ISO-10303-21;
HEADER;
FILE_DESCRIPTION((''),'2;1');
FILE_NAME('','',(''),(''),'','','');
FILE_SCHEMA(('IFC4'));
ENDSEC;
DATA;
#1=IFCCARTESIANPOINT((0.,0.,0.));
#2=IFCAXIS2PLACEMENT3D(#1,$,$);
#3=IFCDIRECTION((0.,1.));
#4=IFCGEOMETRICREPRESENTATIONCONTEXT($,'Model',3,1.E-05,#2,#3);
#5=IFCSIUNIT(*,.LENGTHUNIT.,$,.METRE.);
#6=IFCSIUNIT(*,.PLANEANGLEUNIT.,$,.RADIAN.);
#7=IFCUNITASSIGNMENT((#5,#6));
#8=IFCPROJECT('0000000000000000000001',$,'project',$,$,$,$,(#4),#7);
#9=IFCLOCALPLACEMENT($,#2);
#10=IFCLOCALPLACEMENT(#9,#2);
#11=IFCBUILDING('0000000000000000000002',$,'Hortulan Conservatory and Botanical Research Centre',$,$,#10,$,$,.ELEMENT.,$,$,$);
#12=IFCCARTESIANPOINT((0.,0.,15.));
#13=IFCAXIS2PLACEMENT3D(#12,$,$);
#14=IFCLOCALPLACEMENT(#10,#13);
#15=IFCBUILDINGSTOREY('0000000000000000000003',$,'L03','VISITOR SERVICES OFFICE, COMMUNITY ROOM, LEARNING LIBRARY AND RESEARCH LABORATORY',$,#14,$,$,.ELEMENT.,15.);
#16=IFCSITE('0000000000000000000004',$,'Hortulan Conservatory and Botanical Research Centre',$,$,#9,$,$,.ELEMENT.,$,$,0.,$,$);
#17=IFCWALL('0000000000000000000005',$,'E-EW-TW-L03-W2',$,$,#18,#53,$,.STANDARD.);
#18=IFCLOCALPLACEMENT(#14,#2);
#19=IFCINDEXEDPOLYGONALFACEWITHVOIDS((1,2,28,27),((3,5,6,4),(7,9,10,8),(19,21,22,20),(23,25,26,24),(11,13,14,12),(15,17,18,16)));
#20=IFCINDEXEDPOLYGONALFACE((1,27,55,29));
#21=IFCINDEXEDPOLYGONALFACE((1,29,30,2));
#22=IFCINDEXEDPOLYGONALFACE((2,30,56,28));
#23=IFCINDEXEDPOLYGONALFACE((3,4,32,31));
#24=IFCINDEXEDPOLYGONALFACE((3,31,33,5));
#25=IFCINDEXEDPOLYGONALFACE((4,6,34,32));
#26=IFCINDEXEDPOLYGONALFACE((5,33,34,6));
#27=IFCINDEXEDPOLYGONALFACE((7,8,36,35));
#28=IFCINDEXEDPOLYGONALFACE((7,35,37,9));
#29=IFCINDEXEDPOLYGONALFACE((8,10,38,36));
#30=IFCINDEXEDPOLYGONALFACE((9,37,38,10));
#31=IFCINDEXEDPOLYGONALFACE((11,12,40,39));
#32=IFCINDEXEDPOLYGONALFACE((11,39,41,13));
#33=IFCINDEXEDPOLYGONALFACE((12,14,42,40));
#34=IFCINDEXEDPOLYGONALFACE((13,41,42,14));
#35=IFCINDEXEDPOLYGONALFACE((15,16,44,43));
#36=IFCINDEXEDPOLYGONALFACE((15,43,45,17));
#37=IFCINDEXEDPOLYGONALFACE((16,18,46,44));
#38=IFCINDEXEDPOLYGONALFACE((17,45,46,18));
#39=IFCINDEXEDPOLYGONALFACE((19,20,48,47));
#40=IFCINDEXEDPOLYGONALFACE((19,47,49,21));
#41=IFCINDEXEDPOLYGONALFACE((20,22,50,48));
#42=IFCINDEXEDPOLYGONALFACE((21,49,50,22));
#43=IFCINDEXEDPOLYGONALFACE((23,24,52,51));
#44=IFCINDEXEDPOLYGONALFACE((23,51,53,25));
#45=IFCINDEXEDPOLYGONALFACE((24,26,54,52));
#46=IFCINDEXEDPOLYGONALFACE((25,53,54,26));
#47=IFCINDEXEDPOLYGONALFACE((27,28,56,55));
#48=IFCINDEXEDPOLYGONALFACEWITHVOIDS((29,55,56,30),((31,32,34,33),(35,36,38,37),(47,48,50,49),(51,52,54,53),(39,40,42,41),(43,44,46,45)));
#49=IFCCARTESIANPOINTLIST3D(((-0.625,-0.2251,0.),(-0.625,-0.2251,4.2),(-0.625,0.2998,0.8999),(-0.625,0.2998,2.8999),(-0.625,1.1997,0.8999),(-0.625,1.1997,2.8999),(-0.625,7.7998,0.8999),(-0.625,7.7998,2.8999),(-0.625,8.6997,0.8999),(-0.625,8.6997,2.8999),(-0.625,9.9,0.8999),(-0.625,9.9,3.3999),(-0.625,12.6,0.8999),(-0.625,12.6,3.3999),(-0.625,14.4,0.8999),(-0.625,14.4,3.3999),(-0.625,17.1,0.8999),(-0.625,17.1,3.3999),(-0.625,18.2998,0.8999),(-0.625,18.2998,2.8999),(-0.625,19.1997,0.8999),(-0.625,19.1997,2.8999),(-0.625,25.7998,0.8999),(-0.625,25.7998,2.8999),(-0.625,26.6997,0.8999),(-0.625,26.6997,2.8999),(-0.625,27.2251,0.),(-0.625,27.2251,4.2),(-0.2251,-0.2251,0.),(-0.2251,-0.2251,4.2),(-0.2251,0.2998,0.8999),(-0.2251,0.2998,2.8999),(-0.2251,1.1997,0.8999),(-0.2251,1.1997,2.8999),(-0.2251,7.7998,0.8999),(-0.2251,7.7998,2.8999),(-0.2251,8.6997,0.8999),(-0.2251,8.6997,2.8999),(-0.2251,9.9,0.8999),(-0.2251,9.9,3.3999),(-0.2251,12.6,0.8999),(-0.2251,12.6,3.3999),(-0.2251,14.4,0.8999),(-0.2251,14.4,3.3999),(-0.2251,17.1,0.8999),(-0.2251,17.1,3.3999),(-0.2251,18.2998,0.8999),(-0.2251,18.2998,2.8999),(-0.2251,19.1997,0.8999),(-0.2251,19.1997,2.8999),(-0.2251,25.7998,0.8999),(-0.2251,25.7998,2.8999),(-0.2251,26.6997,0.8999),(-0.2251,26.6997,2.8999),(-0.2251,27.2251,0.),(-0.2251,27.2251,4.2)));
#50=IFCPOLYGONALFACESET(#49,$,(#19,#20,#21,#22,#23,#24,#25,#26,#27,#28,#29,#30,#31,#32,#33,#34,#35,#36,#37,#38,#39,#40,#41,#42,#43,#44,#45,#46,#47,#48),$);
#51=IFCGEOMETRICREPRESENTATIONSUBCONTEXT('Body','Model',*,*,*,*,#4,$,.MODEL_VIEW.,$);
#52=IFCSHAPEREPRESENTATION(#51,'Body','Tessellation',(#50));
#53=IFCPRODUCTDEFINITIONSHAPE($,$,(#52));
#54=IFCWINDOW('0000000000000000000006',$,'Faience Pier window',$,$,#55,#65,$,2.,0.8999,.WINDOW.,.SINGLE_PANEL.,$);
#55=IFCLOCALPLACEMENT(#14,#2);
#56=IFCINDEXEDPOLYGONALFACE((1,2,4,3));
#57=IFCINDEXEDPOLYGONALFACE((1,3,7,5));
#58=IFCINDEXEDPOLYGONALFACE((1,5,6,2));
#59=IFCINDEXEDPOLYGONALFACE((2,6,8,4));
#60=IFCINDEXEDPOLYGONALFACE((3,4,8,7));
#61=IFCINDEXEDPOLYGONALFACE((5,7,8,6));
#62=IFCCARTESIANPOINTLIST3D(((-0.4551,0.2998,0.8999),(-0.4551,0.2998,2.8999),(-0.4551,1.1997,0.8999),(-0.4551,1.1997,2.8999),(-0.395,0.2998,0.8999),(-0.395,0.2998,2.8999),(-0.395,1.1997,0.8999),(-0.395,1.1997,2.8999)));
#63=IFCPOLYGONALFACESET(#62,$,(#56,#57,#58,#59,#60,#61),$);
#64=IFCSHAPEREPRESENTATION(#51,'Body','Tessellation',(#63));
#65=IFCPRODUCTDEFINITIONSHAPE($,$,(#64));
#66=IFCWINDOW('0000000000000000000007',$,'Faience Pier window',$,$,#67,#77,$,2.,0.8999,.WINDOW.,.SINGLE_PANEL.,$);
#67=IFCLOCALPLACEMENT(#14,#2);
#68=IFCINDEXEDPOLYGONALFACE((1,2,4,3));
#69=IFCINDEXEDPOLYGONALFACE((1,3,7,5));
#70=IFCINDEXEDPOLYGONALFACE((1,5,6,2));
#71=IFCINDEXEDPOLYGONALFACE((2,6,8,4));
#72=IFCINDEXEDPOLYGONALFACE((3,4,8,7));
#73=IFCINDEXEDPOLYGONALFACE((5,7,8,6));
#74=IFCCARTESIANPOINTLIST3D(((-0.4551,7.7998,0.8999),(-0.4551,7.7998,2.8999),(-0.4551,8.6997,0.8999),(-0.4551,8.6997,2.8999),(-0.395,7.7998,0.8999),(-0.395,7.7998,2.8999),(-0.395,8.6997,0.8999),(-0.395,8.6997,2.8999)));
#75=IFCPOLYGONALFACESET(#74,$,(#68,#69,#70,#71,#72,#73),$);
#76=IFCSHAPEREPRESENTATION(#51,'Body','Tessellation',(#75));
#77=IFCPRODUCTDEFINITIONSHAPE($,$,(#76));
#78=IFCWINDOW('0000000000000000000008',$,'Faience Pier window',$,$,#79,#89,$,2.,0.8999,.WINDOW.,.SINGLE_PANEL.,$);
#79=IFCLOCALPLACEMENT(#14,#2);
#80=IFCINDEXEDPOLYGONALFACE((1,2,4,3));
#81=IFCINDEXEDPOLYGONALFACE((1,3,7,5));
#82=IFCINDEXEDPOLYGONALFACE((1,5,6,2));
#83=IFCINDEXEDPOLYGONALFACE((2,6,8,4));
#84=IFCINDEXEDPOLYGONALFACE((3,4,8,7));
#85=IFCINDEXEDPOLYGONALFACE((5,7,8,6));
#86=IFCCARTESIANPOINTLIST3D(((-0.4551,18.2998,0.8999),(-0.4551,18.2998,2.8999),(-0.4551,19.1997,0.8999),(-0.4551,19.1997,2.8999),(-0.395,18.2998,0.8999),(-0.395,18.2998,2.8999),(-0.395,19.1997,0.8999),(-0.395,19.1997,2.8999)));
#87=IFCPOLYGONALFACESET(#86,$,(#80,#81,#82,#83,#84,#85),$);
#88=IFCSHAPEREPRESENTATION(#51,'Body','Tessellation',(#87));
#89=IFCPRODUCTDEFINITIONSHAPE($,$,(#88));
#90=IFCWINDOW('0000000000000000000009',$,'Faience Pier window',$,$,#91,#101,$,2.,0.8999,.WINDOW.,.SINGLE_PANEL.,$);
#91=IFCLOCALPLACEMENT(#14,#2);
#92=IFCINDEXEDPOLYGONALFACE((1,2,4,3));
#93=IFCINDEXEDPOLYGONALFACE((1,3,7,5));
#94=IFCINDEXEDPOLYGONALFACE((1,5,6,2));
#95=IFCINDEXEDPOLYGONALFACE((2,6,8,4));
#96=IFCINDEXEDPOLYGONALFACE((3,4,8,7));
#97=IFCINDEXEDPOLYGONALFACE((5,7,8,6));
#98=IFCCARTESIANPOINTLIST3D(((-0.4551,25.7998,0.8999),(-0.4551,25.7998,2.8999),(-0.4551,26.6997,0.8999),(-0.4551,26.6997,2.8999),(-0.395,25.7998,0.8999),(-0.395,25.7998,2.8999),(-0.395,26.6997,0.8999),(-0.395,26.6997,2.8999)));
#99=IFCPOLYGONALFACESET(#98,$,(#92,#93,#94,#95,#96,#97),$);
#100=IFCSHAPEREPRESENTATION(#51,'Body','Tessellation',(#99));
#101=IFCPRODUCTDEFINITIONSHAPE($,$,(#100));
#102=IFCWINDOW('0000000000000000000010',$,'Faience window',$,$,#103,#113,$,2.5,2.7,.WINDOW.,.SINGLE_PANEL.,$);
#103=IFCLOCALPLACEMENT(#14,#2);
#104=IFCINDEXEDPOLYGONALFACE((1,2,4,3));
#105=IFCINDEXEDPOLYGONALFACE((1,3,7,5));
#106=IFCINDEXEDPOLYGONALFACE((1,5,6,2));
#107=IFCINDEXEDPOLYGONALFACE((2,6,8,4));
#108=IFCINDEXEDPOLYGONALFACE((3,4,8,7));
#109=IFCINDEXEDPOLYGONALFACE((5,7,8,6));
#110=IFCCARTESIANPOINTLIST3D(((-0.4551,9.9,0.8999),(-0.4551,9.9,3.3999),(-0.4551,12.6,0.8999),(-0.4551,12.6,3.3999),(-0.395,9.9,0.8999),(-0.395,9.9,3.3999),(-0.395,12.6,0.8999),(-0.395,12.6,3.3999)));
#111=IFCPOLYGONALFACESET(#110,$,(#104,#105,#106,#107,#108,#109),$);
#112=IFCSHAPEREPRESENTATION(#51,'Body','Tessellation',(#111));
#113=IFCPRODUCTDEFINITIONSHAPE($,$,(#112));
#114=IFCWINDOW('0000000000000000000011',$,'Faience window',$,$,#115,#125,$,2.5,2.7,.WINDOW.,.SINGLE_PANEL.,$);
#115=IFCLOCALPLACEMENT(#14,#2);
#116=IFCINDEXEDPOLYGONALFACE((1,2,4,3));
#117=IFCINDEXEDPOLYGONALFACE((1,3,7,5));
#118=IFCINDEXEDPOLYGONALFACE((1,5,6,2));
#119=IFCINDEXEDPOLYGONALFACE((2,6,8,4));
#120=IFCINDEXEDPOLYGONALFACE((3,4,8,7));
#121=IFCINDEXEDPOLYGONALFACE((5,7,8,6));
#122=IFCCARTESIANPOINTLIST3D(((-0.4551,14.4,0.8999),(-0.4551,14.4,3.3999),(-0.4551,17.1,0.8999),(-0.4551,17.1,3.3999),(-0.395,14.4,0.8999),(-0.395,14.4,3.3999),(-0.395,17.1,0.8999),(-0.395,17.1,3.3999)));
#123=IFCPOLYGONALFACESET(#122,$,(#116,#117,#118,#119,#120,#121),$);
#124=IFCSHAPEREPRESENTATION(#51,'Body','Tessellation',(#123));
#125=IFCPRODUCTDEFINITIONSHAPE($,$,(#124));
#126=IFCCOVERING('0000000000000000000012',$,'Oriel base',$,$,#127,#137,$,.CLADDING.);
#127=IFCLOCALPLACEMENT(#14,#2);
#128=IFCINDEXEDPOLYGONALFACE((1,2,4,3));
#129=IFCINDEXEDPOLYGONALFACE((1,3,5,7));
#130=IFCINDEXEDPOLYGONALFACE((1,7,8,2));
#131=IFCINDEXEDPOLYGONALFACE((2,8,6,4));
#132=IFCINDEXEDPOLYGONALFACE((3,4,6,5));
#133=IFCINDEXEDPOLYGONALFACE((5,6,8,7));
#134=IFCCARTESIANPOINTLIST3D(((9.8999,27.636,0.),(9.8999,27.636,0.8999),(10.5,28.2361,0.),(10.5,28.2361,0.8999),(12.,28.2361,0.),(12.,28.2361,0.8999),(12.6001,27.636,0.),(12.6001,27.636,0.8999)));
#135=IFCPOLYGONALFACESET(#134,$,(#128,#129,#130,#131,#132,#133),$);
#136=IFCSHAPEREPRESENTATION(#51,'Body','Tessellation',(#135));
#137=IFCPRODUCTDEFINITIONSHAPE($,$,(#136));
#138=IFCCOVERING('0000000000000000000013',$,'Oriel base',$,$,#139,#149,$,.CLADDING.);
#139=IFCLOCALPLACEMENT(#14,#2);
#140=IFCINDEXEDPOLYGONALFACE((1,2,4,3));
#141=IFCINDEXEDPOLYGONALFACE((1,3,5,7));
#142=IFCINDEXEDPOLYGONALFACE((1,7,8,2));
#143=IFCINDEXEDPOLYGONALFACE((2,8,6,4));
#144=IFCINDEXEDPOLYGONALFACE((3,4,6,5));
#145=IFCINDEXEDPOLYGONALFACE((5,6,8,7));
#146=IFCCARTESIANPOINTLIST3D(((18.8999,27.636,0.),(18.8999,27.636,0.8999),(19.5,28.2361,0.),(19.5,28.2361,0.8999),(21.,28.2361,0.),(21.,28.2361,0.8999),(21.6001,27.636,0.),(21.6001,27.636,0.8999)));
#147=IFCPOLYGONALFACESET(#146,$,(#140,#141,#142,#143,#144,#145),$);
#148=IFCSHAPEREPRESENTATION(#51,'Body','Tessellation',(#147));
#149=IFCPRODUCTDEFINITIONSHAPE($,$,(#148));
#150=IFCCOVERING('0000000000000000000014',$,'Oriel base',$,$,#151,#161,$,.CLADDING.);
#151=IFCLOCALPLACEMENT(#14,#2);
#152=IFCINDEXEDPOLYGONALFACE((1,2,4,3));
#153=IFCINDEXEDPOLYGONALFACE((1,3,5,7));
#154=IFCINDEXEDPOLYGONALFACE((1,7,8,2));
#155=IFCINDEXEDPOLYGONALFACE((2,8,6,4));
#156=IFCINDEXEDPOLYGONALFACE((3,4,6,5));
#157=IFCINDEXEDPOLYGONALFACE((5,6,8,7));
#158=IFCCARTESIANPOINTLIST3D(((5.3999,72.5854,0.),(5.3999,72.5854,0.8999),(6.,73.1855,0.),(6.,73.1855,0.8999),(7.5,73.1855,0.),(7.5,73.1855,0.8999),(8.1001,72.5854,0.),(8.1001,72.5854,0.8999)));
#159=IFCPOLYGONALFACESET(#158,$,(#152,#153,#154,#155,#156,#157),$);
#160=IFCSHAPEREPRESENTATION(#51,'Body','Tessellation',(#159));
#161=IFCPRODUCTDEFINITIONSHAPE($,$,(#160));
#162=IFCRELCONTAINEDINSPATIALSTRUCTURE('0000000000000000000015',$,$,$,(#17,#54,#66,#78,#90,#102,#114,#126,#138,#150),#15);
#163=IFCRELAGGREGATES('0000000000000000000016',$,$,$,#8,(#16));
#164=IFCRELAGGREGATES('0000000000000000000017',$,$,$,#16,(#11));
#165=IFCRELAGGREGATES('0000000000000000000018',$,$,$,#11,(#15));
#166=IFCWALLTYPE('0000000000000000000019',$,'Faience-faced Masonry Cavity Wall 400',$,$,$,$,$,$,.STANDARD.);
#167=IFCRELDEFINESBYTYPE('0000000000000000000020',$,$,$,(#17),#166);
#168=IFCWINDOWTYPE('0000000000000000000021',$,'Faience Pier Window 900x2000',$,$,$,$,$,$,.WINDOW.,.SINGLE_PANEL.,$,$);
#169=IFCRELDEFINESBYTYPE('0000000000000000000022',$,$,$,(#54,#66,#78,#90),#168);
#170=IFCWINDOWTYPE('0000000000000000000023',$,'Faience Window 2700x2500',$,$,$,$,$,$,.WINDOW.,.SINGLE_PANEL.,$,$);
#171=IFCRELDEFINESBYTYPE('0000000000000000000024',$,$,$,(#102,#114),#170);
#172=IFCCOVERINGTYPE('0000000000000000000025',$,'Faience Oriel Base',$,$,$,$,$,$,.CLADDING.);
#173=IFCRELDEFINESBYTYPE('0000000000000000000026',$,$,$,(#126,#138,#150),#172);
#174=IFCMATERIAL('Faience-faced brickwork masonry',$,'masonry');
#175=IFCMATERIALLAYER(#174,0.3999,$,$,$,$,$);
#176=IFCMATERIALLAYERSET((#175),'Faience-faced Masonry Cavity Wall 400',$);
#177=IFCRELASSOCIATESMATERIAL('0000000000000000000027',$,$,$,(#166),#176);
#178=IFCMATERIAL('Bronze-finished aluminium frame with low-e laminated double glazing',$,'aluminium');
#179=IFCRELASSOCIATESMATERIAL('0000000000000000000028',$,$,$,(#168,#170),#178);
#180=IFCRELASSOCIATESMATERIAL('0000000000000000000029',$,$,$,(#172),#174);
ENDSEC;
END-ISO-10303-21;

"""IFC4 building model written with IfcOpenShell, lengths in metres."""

from ifc_helpers import new_model, si_unit, direction, frame, frame_2d, origin, place, context, subcontext, project, spatial, polyline, rectangle, outline, extrude, material, layer, layer_set, type_object, element, fill, save


model = new_model("IFC4")

# Units and contexts
model_context = context("Model", 3, precision=1e-05, world=origin(), true_north=direction((0.0, 1.0)))
body_context = subcontext(model_context, "Body", "Model", "MODEL_VIEW")
ifc_project = project(units=[si_unit("LENGTHUNIT", "METRE"), si_unit("PLANEANGLEUNIT", "RADIAN")], contexts=[model_context])

# Site, building, storey
site_placement = place(None, origin())
site = spatial("IfcSite", under=ifc_project, at=site_placement, Name="Hortulan Conservatory and Botanical Research Centre", CompositionType="ELEMENT", RefElevation=0.0)
building_placement = place(site_placement, origin())
building = spatial("IfcBuilding", under=site, at=building_placement, Name="Hortulan Conservatory and Botanical Research Centre", CompositionType="ELEMENT")
storey_placement = place(building_placement, frame((0.0, 0.0, 15.0)))
storey = spatial("IfcBuildingStorey", under=building, at=storey_placement, Name="L03", Description="VISITOR SERVICES OFFICE, COMMUNITY ROOM, LEARNING LIBRARY AND RESEARCH LABORATORY", CompositionType="ELEMENT", Elevation=15.0)

# Wall, openings, windows
ifc_material_1 = material(Name="Faience-faced brickwork masonry", Category="masonry")
ifc_layer_1 = layer(ifc_material_1, 0.3999)
ifc_layer_set_1 = layer_set([ifc_layer_1], Name="Faience-faced Masonry Cavity Wall 400")
wall_type = type_object("IfcWallType", Name="Faience-faced Masonry Cavity Wall 400", PredefinedType="STANDARD", material=ifc_layer_set_1)
wall_placement = place(storey_placement, frame((-0.425, -0.2251, 0.0), z_axis=(0.0, 0.0, 1.0), x_axis=(0.0, 1.0, 0.0)))
wall = element("IfcWall", 1, at=wall_placement, inside=storey, type_object=wall_type, Name="E-EW-TW-L03-W2", PredefinedType="STANDARD", context=body_context, shape_type="SweptSolid", body=[
    extrude(rectangle(XDim=27.4502, YDim=0.3999, at=frame_2d((13.7251, 0.0))), origin(), (0.0, 0.0, 1.0), 4.2),
])
opening_1_placement = place(wall_placement, frame((0.5249, 0.0, 0.8999)))
opening_1 = element("IfcOpeningElement", 2, at=opening_1_placement, cuts=wall, PredefinedType="OPENING", context=body_context, shape_type="SweptSolid", body=[
    extrude(rectangle(XDim=0.8999, YDim=2.0, at=frame_2d((0.45, 1.0))), frame((0.0, 0.21, 0.0), z_axis=(0.0, -1.0, 0.0), x_axis=(1.0, 0.0, 0.0)), (0.0, 0.0, 1.0), 0.4199),
])
opening_2_placement = place(wall_placement, frame((8.0249, 0.0, 0.8999)))
opening_2 = element("IfcOpeningElement", 3, at=opening_2_placement, cuts=wall, PredefinedType="OPENING", context=body_context, shape_type="SweptSolid", body=[
    extrude(rectangle(XDim=0.8999, YDim=2.0, at=frame_2d((0.45, 1.0))), frame((0.0, 0.21, 0.0), z_axis=(0.0, -1.0, 0.0), x_axis=(1.0, 0.0, 0.0)), (0.0, 0.0, 1.0), 0.4199),
])
opening_3_placement = place(wall_placement, frame((10.125, 0.0, 0.8999)))
opening_3 = element("IfcOpeningElement", 4, at=opening_3_placement, cuts=wall, PredefinedType="OPENING", context=body_context, shape_type="SweptSolid", body=[
    extrude(rectangle(XDim=2.7, YDim=2.5, at=frame_2d((1.3501, 1.25))), frame((0.0, 0.21, 0.0), z_axis=(0.0, -1.0, 0.0), x_axis=(1.0, 0.0, 0.0)), (0.0, 0.0, 1.0), 0.4199),
])
opening_4_placement = place(wall_placement, frame((14.625, 0.0, 0.8999)))
opening_4 = element("IfcOpeningElement", 5, at=opening_4_placement, cuts=wall, PredefinedType="OPENING", context=body_context, shape_type="SweptSolid", body=[
    extrude(rectangle(XDim=2.7, YDim=2.5, at=frame_2d((1.3501, 1.25))), frame((0.0, 0.21, 0.0), z_axis=(0.0, -1.0, 0.0), x_axis=(1.0, 0.0, 0.0)), (0.0, 0.0, 1.0), 0.4199),
])
opening_5_placement = place(wall_placement, frame((18.5249, 0.0, 0.8999)))
opening_5 = element("IfcOpeningElement", 6, at=opening_5_placement, cuts=wall, PredefinedType="OPENING", context=body_context, shape_type="SweptSolid", body=[
    extrude(rectangle(XDim=0.8999, YDim=2.0, at=frame_2d((0.45, 1.0))), frame((0.0, 0.21, 0.0), z_axis=(0.0, -1.0, 0.0), x_axis=(1.0, 0.0, 0.0)), (0.0, 0.0, 1.0), 0.4199),
])
opening_6_placement = place(wall_placement, frame((26.0249, 0.0, 0.8999)))
opening_6 = element("IfcOpeningElement", 7, at=opening_6_placement, cuts=wall, PredefinedType="OPENING", context=body_context, shape_type="SweptSolid", body=[
    extrude(rectangle(XDim=0.8999, YDim=2.0, at=frame_2d((0.45, 1.0))), frame((0.0, 0.21, 0.0), z_axis=(0.0, -1.0, 0.0), x_axis=(1.0, 0.0, 0.0)), (0.0, 0.0, 1.0), 0.4199),
])
ifc_material_2 = material(Name="Bronze-finished aluminium frame with low-e laminated double glazing", Category="aluminium")
window_type_1 = type_object("IfcWindowType", Name="Faience Pier Window 900x2000", PartitioningType="SINGLE_PANEL", PredefinedType="WINDOW", material=ifc_material_2)
window_1_placement = place(opening_1_placement, origin())
window_1 = element("IfcWindow", 8, at=window_1_placement, inside=storey, type_object=window_type_1, Name="Faience Pier window", OverallHeight=2.0, OverallWidth=0.8999, PartitioningType="SINGLE_PANEL", PredefinedType="WINDOW", context=body_context, shape_type="SweptSolid", body=[
    extrude(rectangle(XDim=0.8999, YDim=2.0, at=frame_2d((0.45, 1.0))), frame((0.0, 0.03, 0.0), z_axis=(0.0, -1.0, 0.0), x_axis=(1.0, 0.0, 0.0)), (0.0, 0.0, 1.0), 0.0601),
])
fill(opening_1, window_1)
window_2_placement = place(opening_2_placement, origin())
window_2 = element("IfcWindow", 9, at=window_2_placement, inside=storey, type_object=window_type_1, Name="Faience Pier window", OverallHeight=2.0, OverallWidth=0.8999, PartitioningType="SINGLE_PANEL", PredefinedType="WINDOW", context=body_context, shape_type="SweptSolid", body=[
    extrude(rectangle(XDim=0.8999, YDim=2.0, at=frame_2d((0.45, 1.0))), frame((0.0, 0.03, 0.0), z_axis=(0.0, -1.0, 0.0), x_axis=(1.0, 0.0, 0.0)), (0.0, 0.0, 1.0), 0.0601),
])
fill(opening_2, window_2)
window_3_placement = place(opening_5_placement, origin())
window_3 = element("IfcWindow", 10, at=window_3_placement, inside=storey, type_object=window_type_1, Name="Faience Pier window", OverallHeight=2.0, OverallWidth=0.8999, PartitioningType="SINGLE_PANEL", PredefinedType="WINDOW", context=body_context, shape_type="SweptSolid", body=[
    extrude(rectangle(XDim=0.8999, YDim=2.0, at=frame_2d((0.45, 1.0))), frame((0.0, 0.03, 0.0), z_axis=(0.0, -1.0, 0.0), x_axis=(1.0, 0.0, 0.0)), (0.0, 0.0, 1.0), 0.0601),
])
fill(opening_5, window_3)
window_4_placement = place(opening_6_placement, origin())
window_4 = element("IfcWindow", 11, at=window_4_placement, inside=storey, type_object=window_type_1, Name="Faience Pier window", OverallHeight=2.0, OverallWidth=0.8999, PartitioningType="SINGLE_PANEL", PredefinedType="WINDOW", context=body_context, shape_type="SweptSolid", body=[
    extrude(rectangle(XDim=0.8999, YDim=2.0, at=frame_2d((0.45, 1.0))), frame((0.0, 0.03, 0.0), z_axis=(0.0, -1.0, 0.0), x_axis=(1.0, 0.0, 0.0)), (0.0, 0.0, 1.0), 0.0601),
])
fill(opening_6, window_4)
window_type_2 = type_object("IfcWindowType", Name="Faience Window 2700x2500", PartitioningType="SINGLE_PANEL", PredefinedType="WINDOW", material=ifc_material_2)
window_5_placement = place(opening_3_placement, origin())
window_5 = element("IfcWindow", 12, at=window_5_placement, inside=storey, type_object=window_type_2, Name="Faience window", OverallHeight=2.5, OverallWidth=2.7, PartitioningType="SINGLE_PANEL", PredefinedType="WINDOW", context=body_context, shape_type="SweptSolid", body=[
    extrude(rectangle(XDim=2.7, YDim=2.5, at=frame_2d((1.3501, 1.25))), frame((0.0, 0.03, 0.0), z_axis=(0.0, -1.0, 0.0), x_axis=(1.0, 0.0, 0.0)), (0.0, 0.0, 1.0), 0.0601),
])
fill(opening_3, window_5)
window_6_placement = place(opening_4_placement, origin())
window_6 = element("IfcWindow", 13, at=window_6_placement, inside=storey, type_object=window_type_2, Name="Faience window", OverallHeight=2.5, OverallWidth=2.7, PartitioningType="SINGLE_PANEL", PredefinedType="WINDOW", context=body_context, shape_type="SweptSolid", body=[
    extrude(rectangle(XDim=2.7, YDim=2.5, at=frame_2d((1.3501, 1.25))), frame((0.0, 0.03, 0.0), z_axis=(0.0, -1.0, 0.0), x_axis=(1.0, 0.0, 0.0)), (0.0, 0.0, 1.0), 0.0601),
])
fill(opening_4, window_6)

# Coverings
covering_type_1 = type_object("IfcCoveringType", Name="Faience Oriel Base", PredefinedType="CLADDING", material=ifc_material_1)
covering_1_placement = place(storey_placement, origin())
element("IfcCovering", 14, at=covering_1_placement, inside=storey, type_object=covering_type_1, Name="Oriel base", PredefinedType="CLADDING", context=body_context, shape_type="SweptSolid", body=[
    extrude(outline(polyline([(9.8999, 27.636), (10.5, 28.2361), (12.0, 28.2361), (12.6001, 27.636), (9.8999, 27.636)])), origin(), (0.0, 0.0, 1.0), 0.8999),
])
covering_2_placement = place(storey_placement, origin())
element("IfcCovering", 15, at=covering_2_placement, inside=storey, type_object=covering_type_1, Name="Oriel base", PredefinedType="CLADDING", context=body_context, shape_type="SweptSolid", body=[
    extrude(outline(polyline([(18.8999, 27.636), (19.5, 28.2361), (21.0, 28.2361), (21.6001, 27.636), (18.8999, 27.636)])), origin(), (0.0, 0.0, 1.0), 0.8999),
])
covering_3_placement = place(storey_placement, origin())
element("IfcCovering", 16, at=covering_3_placement, inside=storey, type_object=covering_type_1, Name="Oriel base", PredefinedType="CLADDING", context=body_context, shape_type="SweptSolid", body=[
    extrude(outline(polyline([(5.3999, 72.5854), (6.0, 73.1855), (7.5, 73.1855), (8.1001, 72.5854), (5.3999, 72.5854)])), origin(), (0.0, 0.0, 1.0), 0.8999),
])

save(model, "model.ifc")
